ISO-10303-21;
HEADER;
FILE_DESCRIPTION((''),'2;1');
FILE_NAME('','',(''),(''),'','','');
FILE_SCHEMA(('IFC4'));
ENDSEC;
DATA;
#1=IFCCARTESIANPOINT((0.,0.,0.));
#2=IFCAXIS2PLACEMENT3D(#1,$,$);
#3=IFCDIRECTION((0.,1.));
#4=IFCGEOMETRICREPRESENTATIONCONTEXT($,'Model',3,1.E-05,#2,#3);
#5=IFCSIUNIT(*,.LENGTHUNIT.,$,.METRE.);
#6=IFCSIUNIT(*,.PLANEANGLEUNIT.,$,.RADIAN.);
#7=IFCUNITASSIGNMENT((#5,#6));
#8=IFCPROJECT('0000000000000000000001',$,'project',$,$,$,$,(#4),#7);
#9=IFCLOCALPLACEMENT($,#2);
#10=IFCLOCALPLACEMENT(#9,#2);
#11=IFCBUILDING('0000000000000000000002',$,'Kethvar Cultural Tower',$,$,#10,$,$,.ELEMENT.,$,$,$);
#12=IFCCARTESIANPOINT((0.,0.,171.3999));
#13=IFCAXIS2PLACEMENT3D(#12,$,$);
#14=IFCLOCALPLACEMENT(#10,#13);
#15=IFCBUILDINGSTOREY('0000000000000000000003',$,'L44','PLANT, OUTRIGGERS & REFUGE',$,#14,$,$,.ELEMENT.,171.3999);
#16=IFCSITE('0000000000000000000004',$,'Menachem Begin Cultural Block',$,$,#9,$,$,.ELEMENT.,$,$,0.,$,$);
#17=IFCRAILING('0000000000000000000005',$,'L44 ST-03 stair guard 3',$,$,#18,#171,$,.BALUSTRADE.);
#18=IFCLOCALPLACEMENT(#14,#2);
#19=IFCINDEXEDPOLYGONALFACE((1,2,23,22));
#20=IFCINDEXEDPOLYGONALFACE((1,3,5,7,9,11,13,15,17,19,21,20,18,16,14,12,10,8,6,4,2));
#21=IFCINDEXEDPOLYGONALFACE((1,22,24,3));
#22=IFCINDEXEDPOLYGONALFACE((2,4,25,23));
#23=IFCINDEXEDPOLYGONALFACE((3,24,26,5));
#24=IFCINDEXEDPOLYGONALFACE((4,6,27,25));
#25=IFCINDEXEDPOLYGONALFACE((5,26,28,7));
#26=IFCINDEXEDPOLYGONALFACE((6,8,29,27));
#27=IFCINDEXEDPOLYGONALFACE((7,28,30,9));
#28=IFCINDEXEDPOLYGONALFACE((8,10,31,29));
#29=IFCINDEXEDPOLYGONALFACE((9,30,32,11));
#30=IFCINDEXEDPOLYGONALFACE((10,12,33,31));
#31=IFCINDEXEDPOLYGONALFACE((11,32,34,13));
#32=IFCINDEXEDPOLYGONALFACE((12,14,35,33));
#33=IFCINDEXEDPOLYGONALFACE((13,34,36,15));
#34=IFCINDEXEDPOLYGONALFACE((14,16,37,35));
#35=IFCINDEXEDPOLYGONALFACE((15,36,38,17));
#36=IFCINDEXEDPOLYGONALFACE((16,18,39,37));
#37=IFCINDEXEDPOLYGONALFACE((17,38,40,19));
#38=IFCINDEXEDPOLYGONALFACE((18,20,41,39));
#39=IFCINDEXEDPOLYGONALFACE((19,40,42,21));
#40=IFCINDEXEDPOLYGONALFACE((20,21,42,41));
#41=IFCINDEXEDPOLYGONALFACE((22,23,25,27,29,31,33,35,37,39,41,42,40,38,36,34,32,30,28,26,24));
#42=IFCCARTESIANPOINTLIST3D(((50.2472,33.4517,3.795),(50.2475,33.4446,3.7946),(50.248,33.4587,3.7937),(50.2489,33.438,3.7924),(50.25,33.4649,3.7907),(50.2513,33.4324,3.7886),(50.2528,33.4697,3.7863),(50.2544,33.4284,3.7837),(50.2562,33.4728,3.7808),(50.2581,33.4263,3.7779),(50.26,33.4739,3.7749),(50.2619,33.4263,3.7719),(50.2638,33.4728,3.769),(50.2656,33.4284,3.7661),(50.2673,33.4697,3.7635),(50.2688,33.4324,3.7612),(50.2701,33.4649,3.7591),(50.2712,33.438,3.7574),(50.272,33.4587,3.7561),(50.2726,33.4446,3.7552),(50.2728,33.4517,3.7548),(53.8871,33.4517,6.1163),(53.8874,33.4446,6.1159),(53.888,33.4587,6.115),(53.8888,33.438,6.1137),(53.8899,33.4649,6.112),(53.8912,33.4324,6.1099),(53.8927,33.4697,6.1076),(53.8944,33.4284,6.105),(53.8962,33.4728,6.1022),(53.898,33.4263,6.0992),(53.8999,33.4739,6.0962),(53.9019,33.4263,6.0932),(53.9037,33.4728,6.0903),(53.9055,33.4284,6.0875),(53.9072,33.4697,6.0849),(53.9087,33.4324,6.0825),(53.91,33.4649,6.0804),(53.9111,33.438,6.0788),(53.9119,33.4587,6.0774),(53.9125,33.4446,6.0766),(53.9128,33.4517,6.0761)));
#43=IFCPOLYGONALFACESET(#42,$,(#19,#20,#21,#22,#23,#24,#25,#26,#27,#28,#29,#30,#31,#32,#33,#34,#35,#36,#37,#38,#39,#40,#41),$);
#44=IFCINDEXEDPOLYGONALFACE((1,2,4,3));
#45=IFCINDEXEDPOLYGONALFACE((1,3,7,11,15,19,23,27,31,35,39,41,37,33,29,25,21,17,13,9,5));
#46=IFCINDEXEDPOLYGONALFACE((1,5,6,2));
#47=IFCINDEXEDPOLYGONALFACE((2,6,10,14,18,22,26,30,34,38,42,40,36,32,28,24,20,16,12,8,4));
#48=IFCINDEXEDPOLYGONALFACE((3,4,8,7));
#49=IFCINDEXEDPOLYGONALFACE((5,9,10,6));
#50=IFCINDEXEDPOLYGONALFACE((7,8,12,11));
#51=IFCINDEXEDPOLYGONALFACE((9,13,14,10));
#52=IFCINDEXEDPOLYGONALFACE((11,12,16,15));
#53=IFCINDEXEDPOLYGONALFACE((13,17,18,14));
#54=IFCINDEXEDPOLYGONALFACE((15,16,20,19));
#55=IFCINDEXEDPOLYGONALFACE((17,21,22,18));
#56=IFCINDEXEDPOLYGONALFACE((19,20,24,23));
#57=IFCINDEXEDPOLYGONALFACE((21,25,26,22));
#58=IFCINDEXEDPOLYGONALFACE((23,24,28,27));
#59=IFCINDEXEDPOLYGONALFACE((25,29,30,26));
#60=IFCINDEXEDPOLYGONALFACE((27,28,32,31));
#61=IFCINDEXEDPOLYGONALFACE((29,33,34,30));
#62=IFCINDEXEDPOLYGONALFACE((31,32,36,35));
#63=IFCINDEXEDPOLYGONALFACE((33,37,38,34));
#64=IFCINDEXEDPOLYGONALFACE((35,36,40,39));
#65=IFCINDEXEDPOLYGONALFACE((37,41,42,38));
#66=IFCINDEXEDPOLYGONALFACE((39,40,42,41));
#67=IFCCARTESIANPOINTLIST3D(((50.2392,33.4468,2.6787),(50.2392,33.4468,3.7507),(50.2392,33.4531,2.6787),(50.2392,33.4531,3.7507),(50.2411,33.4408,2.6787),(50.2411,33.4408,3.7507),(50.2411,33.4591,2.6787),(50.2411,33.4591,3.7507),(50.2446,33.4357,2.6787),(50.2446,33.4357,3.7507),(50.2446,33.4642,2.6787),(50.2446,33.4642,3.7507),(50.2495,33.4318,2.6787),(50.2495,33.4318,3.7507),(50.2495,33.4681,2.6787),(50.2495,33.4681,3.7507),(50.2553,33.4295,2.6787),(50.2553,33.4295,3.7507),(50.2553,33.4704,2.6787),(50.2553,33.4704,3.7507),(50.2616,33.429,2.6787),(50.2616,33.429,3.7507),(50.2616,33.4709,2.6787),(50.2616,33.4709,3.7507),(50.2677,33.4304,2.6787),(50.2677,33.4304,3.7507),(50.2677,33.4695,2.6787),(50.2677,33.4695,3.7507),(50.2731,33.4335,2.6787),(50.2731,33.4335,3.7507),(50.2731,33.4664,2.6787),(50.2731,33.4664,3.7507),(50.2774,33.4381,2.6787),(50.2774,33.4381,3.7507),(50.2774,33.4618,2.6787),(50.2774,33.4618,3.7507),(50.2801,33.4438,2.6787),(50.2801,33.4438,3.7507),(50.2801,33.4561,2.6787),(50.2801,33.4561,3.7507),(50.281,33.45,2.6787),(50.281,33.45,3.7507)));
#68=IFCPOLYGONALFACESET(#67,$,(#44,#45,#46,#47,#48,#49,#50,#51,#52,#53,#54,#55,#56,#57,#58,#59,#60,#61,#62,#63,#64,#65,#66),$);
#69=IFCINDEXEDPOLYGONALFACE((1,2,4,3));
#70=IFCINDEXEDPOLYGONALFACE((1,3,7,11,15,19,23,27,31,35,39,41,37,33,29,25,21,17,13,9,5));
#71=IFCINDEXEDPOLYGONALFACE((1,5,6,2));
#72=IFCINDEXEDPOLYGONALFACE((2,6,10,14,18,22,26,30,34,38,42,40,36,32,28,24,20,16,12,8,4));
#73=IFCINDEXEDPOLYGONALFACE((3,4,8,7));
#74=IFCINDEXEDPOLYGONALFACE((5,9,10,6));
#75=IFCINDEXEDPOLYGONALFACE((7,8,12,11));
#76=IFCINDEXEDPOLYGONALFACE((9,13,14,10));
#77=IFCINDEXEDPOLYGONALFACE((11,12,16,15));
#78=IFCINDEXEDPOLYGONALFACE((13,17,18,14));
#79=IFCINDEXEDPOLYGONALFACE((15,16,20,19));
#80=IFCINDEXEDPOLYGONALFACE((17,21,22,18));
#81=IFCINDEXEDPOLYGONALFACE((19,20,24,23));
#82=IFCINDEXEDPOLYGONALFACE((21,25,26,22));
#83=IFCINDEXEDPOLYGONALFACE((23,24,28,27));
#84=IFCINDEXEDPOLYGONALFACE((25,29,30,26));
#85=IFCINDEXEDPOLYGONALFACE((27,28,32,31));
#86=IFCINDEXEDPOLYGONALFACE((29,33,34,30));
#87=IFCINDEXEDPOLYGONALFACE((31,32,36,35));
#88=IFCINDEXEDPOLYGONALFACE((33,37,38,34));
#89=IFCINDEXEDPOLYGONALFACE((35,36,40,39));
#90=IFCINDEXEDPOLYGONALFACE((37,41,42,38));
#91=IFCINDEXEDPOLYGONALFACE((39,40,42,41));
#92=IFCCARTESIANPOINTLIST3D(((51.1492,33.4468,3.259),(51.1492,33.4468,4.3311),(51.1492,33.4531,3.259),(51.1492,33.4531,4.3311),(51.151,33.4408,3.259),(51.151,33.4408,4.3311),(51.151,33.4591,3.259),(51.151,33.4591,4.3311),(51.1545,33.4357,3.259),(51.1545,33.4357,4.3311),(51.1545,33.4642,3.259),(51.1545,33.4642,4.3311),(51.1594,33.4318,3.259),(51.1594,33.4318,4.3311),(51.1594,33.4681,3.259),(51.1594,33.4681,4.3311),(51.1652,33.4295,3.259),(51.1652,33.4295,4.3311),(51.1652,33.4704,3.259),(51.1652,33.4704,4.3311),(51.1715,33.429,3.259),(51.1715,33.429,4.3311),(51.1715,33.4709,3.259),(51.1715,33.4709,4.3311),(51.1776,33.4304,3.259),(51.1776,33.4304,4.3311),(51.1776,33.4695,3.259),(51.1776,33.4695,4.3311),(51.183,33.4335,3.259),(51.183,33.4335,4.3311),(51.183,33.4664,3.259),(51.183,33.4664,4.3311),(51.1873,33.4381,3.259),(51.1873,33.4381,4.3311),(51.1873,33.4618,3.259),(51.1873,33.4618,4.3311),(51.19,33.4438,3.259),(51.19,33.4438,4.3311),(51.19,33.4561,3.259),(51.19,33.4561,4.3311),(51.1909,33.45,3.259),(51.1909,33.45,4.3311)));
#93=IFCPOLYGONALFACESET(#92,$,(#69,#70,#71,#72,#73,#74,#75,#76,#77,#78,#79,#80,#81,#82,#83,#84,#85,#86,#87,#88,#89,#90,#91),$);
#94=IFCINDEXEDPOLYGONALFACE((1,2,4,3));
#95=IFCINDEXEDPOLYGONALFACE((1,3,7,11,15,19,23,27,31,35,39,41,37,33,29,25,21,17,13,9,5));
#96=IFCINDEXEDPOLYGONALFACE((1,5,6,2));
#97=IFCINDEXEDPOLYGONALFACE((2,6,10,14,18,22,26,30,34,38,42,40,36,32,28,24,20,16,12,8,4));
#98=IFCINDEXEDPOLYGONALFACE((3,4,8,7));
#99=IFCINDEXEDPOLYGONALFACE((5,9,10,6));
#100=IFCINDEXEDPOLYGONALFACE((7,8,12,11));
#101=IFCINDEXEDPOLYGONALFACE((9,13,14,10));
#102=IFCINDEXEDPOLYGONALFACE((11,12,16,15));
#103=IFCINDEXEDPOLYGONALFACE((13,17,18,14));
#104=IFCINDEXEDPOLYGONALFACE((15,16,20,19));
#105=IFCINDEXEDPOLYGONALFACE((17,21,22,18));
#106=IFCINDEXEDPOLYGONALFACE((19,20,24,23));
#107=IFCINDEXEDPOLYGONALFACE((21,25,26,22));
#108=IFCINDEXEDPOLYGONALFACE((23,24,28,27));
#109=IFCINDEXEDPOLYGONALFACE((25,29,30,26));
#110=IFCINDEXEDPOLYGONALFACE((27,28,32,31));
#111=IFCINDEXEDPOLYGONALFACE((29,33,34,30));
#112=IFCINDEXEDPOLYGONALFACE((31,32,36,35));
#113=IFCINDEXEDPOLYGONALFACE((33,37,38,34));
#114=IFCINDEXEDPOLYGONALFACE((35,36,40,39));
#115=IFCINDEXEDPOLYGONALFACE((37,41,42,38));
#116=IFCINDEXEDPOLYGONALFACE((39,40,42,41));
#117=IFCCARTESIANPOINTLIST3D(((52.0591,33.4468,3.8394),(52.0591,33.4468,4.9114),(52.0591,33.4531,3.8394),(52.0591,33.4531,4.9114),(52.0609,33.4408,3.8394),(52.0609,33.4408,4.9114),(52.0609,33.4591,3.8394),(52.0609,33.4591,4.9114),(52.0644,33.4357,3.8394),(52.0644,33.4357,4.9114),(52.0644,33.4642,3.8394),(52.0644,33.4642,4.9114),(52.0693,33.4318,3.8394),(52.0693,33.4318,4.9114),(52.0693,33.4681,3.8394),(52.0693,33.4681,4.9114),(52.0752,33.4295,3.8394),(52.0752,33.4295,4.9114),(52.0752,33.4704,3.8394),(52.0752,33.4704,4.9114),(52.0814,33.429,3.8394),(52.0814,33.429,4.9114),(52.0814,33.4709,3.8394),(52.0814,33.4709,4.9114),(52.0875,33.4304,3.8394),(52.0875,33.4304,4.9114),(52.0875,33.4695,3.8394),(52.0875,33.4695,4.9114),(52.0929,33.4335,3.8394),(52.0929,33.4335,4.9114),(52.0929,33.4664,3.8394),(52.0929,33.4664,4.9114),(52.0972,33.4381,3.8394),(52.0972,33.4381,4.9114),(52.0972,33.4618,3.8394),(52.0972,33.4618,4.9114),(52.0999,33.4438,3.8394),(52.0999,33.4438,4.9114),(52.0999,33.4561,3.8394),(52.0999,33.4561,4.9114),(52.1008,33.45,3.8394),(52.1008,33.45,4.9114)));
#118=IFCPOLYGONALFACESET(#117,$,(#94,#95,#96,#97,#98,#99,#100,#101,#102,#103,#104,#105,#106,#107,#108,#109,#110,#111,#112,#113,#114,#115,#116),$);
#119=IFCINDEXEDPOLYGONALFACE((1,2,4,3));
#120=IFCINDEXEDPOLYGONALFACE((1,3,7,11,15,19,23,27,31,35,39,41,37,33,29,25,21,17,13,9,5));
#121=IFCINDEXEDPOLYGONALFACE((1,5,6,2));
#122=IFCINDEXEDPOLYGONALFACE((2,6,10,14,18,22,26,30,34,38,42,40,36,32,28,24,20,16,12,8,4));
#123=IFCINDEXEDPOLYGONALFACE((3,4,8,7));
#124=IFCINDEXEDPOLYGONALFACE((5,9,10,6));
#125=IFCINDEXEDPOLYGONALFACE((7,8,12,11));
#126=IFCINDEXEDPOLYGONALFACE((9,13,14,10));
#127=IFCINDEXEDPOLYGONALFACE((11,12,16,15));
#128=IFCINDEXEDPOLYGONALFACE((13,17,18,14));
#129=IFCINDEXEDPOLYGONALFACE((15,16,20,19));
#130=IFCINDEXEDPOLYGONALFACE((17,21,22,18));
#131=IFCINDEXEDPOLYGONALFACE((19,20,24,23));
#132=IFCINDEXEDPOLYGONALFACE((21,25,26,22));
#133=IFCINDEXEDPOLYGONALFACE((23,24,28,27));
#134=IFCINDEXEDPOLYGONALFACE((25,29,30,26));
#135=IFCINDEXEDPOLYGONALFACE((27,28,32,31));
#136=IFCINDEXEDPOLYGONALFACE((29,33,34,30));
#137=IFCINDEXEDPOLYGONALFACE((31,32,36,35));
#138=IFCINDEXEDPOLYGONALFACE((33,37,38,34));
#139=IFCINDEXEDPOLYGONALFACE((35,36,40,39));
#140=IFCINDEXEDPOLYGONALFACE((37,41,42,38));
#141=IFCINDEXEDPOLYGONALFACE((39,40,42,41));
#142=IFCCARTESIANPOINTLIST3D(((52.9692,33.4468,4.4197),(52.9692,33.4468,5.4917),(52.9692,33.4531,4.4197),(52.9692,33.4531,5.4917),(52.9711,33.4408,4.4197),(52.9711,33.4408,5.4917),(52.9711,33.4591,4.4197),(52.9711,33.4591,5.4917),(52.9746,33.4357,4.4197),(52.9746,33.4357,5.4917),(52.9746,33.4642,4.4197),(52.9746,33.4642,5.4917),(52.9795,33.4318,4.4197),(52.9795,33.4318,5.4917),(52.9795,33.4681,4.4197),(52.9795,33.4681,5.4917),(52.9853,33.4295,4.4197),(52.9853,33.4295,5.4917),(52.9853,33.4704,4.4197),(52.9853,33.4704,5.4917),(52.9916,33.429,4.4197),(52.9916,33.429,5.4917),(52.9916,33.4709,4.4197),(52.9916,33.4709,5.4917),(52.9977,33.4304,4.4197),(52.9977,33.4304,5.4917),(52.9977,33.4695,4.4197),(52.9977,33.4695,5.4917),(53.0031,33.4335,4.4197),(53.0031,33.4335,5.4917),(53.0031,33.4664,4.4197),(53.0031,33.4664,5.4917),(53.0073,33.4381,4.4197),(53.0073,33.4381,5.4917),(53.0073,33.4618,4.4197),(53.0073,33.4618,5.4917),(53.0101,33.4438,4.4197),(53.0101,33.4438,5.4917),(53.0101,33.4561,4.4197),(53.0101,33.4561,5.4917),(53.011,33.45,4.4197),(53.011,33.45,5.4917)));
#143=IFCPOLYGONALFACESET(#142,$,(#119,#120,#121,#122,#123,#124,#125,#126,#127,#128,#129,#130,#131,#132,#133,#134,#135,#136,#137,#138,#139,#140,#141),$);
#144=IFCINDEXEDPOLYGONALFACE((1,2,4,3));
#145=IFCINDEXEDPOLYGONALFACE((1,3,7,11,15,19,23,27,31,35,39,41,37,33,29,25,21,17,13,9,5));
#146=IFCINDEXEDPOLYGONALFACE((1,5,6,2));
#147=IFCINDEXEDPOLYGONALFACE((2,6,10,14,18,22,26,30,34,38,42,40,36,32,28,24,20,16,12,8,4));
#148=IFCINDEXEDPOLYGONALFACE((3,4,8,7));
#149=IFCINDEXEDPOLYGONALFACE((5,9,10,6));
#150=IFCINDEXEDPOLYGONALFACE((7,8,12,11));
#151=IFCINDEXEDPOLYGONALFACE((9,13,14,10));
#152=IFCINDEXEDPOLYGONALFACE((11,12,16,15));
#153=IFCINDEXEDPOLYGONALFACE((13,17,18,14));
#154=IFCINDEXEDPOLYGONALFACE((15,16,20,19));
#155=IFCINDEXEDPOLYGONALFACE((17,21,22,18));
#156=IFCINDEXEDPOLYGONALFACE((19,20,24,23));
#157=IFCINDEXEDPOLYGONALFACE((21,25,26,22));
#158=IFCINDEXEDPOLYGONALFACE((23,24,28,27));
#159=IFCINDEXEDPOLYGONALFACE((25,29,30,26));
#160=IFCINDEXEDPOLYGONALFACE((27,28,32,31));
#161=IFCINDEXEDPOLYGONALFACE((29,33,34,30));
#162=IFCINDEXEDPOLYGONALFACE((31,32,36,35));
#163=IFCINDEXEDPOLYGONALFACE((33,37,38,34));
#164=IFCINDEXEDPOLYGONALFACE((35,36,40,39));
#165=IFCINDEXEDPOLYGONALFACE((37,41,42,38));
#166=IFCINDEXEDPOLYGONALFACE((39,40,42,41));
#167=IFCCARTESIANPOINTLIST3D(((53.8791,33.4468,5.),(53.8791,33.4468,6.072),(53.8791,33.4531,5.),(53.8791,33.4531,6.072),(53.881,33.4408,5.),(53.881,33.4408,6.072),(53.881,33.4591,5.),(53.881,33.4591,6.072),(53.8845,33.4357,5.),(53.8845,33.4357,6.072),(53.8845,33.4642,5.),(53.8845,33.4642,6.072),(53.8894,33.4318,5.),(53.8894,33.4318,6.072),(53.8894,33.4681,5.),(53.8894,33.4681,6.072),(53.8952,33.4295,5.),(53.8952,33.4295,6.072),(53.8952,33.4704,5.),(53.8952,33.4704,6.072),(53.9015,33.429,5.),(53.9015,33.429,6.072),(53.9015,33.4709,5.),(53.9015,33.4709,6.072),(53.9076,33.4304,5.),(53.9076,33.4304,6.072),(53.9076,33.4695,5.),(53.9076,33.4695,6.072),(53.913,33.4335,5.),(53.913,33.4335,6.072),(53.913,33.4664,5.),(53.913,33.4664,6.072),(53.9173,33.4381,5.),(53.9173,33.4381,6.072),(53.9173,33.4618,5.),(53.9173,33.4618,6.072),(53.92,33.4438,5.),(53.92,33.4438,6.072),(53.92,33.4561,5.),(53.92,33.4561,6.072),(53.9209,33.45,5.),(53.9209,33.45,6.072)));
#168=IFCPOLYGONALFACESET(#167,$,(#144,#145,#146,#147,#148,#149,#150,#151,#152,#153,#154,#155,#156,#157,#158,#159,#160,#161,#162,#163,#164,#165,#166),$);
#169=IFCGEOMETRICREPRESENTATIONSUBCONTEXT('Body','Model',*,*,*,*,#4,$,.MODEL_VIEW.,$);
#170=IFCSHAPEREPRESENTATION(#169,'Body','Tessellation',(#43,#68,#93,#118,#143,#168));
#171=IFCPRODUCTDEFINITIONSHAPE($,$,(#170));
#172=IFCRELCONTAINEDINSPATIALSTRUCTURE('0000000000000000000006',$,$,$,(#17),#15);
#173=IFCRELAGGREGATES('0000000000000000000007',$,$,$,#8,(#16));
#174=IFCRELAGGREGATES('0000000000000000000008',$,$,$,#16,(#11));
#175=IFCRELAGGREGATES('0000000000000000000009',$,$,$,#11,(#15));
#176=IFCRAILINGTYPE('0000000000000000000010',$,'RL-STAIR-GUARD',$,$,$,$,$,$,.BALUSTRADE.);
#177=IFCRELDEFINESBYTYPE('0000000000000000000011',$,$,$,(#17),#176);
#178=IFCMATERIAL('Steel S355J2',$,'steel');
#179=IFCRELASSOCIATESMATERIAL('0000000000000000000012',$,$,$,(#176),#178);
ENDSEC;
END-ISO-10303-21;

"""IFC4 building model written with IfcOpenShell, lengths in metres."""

from ifc_helpers import new_model, si_unit, direction, frame, origin, origin_2d, place, context, subcontext, project, spatial, circle, extrude, material, type_object, element, save


model = new_model("IFC4")

# Units and contexts
model_context = context("Model", 3, precision=1e-05, world=origin(), true_north=direction((0.0, 1.0)))
body_context = subcontext(model_context, "Body", "Model", "MODEL_VIEW")
ifc_project = project(units=[si_unit("LENGTHUNIT", "METRE"), si_unit("PLANEANGLEUNIT", "RADIAN")], contexts=[model_context])

# Site, building, storey
site_placement = place(None, origin())
site = spatial("IfcSite", under=ifc_project, at=site_placement, Name="Menachem Begin Cultural Block", CompositionType="ELEMENT", RefElevation=0.0)
building_placement = place(site_placement, origin())
building = spatial("IfcBuilding", under=site, at=building_placement, Name="Kethvar Cultural Tower", CompositionType="ELEMENT")
storey_placement = place(building_placement, frame((0.0, 0.0, 171.3999)))
storey = spatial("IfcBuildingStorey", under=building, at=storey_placement, Name="L44", Description="PLANT, OUTRIGGERS & REFUGE", CompositionType="ELEMENT", Elevation=171.3999)

# Railing
ifc_material_1 = material(Name="Steel S355J2", Category="steel")
railing_type_1 = type_object("IfcRailingType", Name="RL-STAIR-GUARD", PredefinedType="BALUSTRADE", material=ifc_material_1)
railing_1_placement = place(storey_placement, frame((50.26, 33.45, 2.6787)))
element("IfcRailing", 1, at=railing_1_placement, inside=storey, type_object=railing_type_1, Name="L44 ST-03 stair guard 3", PredefinedType="BALUSTRADE", context=body_context, shape_type="SweptSolid", body=[
    extrude(circle(Radius=0.0239, at=origin_2d()), frame((0.0, 0.0, 1.0962), z_axis=(0.843137, 0.0, 0.537699), x_axis=(0.0, 1.0, 0.0)), (0.0, 0.0, 1.0), 4.3171),
    extrude(circle(Radius=0.021, at=origin_2d()), origin(), (0.0, 0.0, 1.0), 1.072),
    extrude(circle(Radius=0.021, at=origin_2d()), frame((0.9099, 0.0, 0.5803)), (0.0, 0.0, 1.0), 1.072),
    extrude(circle(Radius=0.021, at=origin_2d()), frame((1.8198, 0.0, 1.1606)), (0.0, 0.0, 1.0), 1.072),
    extrude(circle(Radius=0.021, at=origin_2d()), frame((2.73, 0.0, 1.741)), (0.0, 0.0, 1.0), 1.072),
    extrude(circle(Radius=0.021, at=origin_2d()), frame((3.6399, 0.0, 2.3213)), (0.0, 0.0, 1.0), 1.072),
])

save(model, "model.ifc")
